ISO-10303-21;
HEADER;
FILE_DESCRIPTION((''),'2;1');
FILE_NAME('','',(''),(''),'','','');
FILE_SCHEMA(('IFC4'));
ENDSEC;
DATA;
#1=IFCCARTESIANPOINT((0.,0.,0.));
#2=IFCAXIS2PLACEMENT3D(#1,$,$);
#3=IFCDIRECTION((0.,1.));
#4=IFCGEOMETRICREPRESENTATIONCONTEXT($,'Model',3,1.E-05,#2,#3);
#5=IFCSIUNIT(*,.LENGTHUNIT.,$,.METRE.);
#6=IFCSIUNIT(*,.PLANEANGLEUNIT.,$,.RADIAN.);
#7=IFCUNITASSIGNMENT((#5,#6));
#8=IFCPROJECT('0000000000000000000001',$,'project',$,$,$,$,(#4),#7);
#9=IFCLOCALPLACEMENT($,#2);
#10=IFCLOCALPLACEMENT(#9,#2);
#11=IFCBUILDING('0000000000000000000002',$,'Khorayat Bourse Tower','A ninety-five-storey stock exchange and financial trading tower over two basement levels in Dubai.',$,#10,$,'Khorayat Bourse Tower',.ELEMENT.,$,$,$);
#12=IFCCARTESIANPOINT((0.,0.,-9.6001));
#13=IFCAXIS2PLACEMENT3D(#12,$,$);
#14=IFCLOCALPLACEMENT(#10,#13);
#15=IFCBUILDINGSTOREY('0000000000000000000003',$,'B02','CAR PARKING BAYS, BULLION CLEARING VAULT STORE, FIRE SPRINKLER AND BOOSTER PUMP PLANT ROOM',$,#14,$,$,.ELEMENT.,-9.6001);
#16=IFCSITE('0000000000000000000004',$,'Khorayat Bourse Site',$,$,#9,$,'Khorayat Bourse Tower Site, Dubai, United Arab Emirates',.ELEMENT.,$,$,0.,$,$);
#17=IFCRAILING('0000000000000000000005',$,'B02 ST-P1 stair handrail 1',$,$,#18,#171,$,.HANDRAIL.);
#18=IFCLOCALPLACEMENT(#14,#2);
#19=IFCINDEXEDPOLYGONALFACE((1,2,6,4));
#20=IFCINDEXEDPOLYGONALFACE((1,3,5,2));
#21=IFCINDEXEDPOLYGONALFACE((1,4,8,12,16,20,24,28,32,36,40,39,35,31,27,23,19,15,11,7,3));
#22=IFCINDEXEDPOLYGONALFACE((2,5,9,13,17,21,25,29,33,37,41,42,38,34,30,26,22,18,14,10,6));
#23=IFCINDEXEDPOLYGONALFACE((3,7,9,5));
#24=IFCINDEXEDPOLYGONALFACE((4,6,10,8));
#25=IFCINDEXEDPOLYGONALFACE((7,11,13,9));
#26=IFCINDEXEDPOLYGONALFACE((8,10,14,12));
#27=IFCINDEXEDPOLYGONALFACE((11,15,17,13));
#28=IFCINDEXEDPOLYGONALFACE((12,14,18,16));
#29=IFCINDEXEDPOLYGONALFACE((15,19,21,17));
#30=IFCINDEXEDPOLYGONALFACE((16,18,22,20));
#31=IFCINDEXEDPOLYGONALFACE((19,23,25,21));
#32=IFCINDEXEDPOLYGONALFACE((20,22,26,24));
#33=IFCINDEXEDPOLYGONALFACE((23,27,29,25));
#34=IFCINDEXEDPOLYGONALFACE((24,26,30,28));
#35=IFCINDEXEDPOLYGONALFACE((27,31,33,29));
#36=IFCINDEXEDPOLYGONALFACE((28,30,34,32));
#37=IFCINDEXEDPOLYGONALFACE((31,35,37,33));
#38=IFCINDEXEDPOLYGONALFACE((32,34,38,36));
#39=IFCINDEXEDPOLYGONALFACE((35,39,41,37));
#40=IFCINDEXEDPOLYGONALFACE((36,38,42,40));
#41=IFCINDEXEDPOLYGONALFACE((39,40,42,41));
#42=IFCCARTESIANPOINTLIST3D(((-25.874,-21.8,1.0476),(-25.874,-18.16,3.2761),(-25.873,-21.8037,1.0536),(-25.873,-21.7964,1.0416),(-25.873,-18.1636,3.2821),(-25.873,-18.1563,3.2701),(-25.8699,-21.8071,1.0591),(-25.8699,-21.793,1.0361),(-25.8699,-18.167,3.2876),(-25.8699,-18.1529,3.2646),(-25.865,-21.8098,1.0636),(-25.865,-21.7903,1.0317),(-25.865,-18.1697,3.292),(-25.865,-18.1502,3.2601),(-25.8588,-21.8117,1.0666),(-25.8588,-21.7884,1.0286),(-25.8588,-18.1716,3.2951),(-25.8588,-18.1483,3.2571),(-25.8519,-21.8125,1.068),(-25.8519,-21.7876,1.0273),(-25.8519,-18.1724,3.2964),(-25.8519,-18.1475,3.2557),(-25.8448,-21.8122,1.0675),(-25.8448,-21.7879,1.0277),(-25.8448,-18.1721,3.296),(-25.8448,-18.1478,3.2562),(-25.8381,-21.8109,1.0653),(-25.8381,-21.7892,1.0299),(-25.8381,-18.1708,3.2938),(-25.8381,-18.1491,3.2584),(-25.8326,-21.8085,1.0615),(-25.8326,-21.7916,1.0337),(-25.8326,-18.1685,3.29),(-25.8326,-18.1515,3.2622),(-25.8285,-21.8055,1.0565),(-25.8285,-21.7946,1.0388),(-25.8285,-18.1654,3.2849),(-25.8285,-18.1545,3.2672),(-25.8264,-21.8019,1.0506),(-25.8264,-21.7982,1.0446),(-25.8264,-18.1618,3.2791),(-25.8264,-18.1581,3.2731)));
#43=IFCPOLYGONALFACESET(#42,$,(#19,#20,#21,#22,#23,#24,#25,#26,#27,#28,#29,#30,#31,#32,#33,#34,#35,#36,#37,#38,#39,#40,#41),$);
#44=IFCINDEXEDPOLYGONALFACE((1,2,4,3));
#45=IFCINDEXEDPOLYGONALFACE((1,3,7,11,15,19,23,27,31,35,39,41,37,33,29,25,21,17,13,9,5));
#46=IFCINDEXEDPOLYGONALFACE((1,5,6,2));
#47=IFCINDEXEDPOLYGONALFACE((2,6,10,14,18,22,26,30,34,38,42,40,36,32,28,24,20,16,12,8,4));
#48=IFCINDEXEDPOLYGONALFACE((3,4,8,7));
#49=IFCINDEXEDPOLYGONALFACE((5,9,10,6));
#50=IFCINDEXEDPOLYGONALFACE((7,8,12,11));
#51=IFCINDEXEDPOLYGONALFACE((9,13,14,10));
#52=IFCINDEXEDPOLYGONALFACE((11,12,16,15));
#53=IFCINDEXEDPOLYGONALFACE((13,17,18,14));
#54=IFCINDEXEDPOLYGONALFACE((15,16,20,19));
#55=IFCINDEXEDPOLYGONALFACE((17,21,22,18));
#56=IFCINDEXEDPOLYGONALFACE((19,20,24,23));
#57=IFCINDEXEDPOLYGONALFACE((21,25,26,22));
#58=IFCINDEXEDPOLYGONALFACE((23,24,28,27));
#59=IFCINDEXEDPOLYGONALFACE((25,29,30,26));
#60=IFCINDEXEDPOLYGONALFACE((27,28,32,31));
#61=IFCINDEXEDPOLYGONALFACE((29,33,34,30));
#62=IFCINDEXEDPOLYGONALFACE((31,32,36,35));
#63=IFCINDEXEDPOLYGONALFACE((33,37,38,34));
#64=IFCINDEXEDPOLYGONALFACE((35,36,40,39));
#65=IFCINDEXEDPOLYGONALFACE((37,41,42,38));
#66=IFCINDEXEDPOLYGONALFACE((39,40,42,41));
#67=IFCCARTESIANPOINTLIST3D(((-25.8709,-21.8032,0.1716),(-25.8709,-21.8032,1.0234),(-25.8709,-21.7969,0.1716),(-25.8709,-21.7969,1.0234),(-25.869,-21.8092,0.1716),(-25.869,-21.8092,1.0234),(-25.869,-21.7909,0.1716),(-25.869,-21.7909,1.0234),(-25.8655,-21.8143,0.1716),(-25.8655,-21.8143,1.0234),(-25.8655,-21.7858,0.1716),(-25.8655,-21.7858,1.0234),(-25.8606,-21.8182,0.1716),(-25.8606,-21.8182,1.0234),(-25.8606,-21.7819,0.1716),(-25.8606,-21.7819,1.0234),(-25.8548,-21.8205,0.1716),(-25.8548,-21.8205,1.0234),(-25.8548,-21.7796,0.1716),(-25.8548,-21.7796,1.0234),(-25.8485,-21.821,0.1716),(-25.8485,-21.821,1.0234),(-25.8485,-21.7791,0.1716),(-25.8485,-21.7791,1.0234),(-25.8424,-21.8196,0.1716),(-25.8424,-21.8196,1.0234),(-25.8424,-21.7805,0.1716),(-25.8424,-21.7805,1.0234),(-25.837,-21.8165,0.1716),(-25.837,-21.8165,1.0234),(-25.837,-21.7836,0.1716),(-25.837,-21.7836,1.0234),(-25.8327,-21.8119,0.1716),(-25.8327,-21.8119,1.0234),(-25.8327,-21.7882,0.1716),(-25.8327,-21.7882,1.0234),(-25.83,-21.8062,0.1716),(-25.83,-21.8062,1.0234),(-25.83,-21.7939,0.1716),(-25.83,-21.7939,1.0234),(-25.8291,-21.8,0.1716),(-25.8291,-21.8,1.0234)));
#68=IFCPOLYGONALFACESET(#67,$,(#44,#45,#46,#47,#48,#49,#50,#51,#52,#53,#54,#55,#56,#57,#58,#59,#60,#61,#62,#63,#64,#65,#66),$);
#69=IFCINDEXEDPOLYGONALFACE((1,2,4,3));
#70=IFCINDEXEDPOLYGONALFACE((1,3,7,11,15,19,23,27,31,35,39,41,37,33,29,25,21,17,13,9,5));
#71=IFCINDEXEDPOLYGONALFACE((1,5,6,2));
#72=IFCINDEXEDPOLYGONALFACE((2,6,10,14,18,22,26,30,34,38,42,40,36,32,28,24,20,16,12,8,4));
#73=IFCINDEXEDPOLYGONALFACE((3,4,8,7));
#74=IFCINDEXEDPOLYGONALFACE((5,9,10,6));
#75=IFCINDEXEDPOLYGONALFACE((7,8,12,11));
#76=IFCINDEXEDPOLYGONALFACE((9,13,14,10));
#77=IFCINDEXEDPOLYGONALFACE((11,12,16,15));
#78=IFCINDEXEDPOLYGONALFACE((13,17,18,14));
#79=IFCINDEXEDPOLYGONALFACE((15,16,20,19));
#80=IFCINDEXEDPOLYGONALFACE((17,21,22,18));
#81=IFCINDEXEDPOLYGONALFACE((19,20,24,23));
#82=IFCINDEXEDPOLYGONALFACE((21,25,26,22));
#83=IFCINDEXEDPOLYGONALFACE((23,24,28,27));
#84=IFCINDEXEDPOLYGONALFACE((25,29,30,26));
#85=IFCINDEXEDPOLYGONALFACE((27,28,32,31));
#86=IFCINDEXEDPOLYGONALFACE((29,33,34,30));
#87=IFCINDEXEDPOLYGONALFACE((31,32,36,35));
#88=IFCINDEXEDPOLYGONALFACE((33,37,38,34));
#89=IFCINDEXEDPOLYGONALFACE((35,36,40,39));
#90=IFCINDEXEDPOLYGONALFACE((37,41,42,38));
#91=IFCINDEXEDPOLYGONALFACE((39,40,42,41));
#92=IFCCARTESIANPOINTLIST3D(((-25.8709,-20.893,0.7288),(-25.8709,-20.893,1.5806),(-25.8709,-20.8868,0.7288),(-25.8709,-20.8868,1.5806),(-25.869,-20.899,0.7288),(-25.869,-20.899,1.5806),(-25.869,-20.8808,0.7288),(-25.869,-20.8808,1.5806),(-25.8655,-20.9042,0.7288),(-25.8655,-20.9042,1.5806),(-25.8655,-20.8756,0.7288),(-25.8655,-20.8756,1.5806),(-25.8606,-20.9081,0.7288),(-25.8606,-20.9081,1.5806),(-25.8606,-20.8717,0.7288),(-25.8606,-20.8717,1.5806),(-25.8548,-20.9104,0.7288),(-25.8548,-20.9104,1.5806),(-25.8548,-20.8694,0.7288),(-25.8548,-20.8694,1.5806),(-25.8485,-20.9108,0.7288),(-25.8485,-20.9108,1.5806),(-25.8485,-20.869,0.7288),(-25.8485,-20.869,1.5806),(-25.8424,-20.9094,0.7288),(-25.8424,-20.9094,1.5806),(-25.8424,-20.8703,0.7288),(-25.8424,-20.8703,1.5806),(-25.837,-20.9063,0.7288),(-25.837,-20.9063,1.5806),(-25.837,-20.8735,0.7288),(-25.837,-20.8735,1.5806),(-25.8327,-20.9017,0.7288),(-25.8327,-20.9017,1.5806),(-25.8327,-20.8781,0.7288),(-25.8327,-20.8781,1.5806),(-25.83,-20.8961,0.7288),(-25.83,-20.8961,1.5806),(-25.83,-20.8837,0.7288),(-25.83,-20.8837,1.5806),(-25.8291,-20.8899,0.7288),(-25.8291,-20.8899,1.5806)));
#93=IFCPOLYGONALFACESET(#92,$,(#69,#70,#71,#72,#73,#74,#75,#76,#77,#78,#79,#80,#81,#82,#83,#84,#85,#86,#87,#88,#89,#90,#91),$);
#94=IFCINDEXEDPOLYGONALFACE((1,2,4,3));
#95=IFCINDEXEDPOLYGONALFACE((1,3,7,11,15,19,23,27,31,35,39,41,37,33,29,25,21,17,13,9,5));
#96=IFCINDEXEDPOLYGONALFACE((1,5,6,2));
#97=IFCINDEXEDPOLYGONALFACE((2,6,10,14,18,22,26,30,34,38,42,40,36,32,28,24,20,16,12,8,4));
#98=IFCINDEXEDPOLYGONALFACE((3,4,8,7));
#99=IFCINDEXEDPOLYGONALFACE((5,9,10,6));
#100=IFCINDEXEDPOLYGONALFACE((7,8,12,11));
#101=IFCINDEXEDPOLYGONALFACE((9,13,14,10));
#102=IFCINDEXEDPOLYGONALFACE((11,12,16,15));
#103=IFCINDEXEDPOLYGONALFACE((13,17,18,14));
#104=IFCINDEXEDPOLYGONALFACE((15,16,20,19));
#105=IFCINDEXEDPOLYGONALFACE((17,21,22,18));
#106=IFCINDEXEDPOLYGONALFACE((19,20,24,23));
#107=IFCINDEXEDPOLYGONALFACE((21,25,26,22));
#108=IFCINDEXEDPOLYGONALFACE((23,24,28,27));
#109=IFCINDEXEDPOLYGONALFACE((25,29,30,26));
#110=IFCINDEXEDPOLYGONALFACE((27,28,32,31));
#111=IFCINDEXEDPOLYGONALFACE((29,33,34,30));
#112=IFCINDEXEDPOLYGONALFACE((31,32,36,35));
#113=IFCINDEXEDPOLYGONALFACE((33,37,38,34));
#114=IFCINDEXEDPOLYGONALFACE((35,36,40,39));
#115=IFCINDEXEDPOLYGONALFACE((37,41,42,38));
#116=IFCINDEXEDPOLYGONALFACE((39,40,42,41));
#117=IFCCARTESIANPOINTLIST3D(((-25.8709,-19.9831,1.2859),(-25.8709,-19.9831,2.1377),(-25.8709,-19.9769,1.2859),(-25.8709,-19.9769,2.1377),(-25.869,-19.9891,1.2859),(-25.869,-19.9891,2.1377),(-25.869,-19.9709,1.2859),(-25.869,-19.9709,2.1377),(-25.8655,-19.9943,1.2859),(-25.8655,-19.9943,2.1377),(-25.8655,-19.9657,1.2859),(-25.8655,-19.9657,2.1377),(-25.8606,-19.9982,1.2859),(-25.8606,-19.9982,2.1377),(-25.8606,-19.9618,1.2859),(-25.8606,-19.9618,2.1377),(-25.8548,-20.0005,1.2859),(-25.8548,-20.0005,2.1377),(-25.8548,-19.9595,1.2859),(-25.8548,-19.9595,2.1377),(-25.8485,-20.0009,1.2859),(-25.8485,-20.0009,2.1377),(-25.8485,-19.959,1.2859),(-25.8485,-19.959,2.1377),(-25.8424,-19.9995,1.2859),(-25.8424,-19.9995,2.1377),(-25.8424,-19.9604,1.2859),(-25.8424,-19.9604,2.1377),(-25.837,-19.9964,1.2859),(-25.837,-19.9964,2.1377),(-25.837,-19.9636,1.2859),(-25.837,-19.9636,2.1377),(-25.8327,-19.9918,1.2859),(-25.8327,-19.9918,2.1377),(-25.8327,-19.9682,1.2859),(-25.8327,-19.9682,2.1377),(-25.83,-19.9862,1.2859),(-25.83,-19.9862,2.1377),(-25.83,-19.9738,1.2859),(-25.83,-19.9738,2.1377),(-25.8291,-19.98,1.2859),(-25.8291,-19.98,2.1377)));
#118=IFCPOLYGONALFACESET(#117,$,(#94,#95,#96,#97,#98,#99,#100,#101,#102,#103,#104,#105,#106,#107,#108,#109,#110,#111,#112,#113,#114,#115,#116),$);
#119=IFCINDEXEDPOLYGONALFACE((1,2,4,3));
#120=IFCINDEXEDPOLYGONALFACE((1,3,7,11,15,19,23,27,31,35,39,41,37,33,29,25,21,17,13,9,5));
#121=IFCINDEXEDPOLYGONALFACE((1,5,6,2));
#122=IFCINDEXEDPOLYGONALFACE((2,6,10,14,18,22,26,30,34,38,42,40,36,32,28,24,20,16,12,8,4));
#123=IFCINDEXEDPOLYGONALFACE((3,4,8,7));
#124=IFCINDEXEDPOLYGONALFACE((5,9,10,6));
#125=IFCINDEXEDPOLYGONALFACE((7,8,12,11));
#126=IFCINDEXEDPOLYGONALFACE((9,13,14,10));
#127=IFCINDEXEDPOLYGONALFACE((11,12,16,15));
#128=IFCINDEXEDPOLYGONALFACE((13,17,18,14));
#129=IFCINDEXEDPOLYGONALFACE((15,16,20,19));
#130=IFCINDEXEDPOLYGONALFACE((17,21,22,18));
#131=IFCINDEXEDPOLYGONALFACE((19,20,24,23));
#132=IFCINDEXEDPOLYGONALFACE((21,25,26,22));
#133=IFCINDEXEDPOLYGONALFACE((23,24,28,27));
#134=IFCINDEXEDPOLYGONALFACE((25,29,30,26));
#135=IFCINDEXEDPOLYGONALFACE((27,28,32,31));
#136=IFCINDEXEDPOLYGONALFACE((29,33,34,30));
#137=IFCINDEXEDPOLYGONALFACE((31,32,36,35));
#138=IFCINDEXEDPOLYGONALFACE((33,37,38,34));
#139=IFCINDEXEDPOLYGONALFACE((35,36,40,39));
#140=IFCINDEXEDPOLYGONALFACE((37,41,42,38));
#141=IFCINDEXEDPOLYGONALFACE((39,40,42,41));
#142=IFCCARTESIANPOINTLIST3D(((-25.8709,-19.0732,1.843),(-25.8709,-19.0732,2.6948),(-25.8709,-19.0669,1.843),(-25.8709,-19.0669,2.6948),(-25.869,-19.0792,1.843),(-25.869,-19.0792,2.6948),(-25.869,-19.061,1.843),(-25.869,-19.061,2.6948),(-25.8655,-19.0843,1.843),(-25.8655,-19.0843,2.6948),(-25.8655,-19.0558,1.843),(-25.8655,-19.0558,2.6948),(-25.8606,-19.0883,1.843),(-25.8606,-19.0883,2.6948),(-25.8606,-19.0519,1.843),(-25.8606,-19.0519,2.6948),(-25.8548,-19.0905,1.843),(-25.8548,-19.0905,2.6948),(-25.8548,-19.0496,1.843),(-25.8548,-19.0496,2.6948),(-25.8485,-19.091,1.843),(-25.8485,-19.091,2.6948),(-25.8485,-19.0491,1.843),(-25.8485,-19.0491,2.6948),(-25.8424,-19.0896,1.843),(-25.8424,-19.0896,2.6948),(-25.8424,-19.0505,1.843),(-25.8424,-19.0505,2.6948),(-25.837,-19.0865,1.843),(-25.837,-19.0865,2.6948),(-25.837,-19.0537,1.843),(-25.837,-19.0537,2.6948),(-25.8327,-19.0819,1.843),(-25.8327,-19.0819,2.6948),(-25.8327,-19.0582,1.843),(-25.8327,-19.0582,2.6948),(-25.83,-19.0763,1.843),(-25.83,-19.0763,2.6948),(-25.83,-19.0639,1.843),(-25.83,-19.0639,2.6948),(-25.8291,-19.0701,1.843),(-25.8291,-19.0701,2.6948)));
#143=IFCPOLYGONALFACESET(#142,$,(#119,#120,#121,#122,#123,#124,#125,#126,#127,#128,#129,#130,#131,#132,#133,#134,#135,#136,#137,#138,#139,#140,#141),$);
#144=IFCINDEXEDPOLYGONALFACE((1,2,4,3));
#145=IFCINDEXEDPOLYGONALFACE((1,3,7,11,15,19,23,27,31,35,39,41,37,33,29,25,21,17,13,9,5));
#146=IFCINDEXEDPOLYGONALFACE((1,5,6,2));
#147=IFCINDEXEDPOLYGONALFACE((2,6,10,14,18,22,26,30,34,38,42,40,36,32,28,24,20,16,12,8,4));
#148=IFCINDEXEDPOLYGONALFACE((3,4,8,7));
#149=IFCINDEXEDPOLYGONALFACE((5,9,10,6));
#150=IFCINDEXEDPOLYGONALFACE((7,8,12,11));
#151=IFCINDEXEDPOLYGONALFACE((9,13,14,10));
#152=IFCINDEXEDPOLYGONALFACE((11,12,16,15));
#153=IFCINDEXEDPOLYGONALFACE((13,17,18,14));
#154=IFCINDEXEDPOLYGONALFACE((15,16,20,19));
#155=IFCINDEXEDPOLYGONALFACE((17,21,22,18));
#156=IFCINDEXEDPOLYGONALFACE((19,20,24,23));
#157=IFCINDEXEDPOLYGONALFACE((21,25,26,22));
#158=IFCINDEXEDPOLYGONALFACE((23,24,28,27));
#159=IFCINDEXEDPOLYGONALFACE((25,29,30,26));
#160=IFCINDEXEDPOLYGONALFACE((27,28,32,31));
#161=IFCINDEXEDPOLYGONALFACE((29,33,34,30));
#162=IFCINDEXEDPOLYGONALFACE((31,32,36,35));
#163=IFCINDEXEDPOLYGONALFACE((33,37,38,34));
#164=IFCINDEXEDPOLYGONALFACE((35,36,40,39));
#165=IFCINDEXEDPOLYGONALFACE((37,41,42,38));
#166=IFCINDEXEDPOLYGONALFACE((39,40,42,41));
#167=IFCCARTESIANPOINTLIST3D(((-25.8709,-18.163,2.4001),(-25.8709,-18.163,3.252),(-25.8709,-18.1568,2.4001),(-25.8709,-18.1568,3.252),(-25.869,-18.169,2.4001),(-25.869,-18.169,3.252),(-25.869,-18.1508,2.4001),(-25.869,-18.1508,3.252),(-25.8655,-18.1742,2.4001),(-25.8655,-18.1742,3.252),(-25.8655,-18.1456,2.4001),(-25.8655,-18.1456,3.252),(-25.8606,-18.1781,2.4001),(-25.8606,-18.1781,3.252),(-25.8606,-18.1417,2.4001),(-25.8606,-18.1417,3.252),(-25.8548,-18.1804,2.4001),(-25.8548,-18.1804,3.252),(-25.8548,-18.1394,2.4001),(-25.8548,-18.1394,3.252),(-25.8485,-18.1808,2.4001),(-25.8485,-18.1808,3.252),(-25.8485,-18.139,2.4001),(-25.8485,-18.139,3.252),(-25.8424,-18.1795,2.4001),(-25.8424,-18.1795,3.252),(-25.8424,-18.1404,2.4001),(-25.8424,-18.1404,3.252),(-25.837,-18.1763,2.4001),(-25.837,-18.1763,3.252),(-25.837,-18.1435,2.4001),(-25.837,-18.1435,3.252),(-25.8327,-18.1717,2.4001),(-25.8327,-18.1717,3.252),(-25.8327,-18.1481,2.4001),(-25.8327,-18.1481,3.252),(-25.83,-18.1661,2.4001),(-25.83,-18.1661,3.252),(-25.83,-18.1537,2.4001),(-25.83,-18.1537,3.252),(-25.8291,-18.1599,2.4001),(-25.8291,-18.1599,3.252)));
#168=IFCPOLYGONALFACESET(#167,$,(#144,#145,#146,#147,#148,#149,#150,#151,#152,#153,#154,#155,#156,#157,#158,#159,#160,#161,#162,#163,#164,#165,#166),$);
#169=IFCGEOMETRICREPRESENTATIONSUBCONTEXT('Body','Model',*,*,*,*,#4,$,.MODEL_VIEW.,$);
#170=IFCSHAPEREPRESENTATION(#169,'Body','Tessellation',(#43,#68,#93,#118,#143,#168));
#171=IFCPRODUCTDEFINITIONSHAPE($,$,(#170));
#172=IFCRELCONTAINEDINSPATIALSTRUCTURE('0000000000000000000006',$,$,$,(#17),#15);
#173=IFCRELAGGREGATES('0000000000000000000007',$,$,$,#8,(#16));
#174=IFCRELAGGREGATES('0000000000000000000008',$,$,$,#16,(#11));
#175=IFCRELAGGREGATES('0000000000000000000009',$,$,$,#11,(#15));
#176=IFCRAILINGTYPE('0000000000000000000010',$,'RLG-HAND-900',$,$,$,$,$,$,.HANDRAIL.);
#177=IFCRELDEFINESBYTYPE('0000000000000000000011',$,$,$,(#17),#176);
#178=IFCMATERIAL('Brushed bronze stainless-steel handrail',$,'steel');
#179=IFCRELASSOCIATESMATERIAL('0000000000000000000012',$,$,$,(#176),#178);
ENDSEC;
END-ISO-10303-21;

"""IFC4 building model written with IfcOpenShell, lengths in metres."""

from ifc_helpers import new_model, si_unit, direction, frame, origin, origin_2d, place, context, subcontext, project, spatial, circle, extrude, source, transform, mapped, material, type_object, element, save


model = new_model("IFC4")

# Units and contexts
model_context = context("Model", 3, precision=1e-05, world=origin(), true_north=direction((0.0, 1.0)))
body_context = subcontext(model_context, "Body", "Model", "MODEL_VIEW")
ifc_project = project(units=[si_unit("LENGTHUNIT", "METRE"), si_unit("PLANEANGLEUNIT", "RADIAN")], contexts=[model_context])

# Site, building, storey
site_placement = place(None, origin())
site = spatial("IfcSite", under=ifc_project, at=site_placement, Name="Khorayat Bourse Site", LongName="Khorayat Bourse Tower Site, Dubai, United Arab Emirates", CompositionType="ELEMENT", RefElevation=0.0)
building_placement = place(site_placement, origin())
building = spatial("IfcBuilding", under=site, at=building_placement, Name="Khorayat Bourse Tower", Description="A ninety-five-storey stock exchange and financial trading tower over two basement levels in Dubai.", LongName="Khorayat Bourse Tower", CompositionType="ELEMENT")
storey_placement = place(building_placement, frame((0.0, 0.0, -9.6001)))
storey = spatial("IfcBuildingStorey", under=building, at=storey_placement, Name="B02", Description="CAR PARKING BAYS, BULLION CLEARING VAULT STORE, FIRE SPRINKLER AND BOOSTER PUMP PLANT ROOM", CompositionType="ELEMENT", Elevation=-9.6001)

# Railing
ifc_material_1 = material(Name="Brushed bronze stainless-steel handrail", Category="steel")
railing_type_1 = type_object("IfcRailingType", Name="RLG-HAND-900", PredefinedType="HANDRAIL", material=ifc_material_1)
shared_shape_1 = source(origin(), body_context, "Body", "SweptSolid", [
    extrude(circle(Radius=0.0239, at=origin_2d()), frame((0.0, 0.0, 0.876), z_axis=(0.0, 0.852866, 0.52213), x_axis=(-1.0, 0.0, 0.0)), (0.0, 0.0, 1.0), 4.2681),
    extrude(circle(Radius=0.021, at=origin_2d()), origin(), (0.0, 0.0, 1.0), 0.8518),
    extrude(circle(Radius=0.021, at=origin_2d()), frame((0.0, 0.9102, 0.5571)), (0.0, 0.0, 1.0), 0.8518),
    extrude(circle(Radius=0.021, at=origin_2d()), frame((0.0, 1.8201, 1.1143)), (0.0, 0.0, 1.0), 0.8518),
    extrude(circle(Radius=0.021, at=origin_2d()), frame((0.0, 2.73, 1.6714)), (0.0, 0.0, 1.0), 0.8518),
    extrude(circle(Radius=0.021, at=origin_2d()), frame((0.0, 3.6401, 2.2285)), (0.0, 0.0, 1.0), 0.8518),
])
railing_1_placement = place(storey_placement, frame((-25.8501, -21.8, 0.1716)))
element("IfcRailing", 1, at=railing_1_placement, inside=storey, type_object=railing_type_1, Name="B02 ST-P1 stair handrail 1", PredefinedType="HANDRAIL", context=body_context, shape_type="MappedRepresentation", body=[
    mapped(shared_shape_1, transform((0.0, 0.0, 0.0), scale=1.0)),
])

save(model, "model.ifc")
